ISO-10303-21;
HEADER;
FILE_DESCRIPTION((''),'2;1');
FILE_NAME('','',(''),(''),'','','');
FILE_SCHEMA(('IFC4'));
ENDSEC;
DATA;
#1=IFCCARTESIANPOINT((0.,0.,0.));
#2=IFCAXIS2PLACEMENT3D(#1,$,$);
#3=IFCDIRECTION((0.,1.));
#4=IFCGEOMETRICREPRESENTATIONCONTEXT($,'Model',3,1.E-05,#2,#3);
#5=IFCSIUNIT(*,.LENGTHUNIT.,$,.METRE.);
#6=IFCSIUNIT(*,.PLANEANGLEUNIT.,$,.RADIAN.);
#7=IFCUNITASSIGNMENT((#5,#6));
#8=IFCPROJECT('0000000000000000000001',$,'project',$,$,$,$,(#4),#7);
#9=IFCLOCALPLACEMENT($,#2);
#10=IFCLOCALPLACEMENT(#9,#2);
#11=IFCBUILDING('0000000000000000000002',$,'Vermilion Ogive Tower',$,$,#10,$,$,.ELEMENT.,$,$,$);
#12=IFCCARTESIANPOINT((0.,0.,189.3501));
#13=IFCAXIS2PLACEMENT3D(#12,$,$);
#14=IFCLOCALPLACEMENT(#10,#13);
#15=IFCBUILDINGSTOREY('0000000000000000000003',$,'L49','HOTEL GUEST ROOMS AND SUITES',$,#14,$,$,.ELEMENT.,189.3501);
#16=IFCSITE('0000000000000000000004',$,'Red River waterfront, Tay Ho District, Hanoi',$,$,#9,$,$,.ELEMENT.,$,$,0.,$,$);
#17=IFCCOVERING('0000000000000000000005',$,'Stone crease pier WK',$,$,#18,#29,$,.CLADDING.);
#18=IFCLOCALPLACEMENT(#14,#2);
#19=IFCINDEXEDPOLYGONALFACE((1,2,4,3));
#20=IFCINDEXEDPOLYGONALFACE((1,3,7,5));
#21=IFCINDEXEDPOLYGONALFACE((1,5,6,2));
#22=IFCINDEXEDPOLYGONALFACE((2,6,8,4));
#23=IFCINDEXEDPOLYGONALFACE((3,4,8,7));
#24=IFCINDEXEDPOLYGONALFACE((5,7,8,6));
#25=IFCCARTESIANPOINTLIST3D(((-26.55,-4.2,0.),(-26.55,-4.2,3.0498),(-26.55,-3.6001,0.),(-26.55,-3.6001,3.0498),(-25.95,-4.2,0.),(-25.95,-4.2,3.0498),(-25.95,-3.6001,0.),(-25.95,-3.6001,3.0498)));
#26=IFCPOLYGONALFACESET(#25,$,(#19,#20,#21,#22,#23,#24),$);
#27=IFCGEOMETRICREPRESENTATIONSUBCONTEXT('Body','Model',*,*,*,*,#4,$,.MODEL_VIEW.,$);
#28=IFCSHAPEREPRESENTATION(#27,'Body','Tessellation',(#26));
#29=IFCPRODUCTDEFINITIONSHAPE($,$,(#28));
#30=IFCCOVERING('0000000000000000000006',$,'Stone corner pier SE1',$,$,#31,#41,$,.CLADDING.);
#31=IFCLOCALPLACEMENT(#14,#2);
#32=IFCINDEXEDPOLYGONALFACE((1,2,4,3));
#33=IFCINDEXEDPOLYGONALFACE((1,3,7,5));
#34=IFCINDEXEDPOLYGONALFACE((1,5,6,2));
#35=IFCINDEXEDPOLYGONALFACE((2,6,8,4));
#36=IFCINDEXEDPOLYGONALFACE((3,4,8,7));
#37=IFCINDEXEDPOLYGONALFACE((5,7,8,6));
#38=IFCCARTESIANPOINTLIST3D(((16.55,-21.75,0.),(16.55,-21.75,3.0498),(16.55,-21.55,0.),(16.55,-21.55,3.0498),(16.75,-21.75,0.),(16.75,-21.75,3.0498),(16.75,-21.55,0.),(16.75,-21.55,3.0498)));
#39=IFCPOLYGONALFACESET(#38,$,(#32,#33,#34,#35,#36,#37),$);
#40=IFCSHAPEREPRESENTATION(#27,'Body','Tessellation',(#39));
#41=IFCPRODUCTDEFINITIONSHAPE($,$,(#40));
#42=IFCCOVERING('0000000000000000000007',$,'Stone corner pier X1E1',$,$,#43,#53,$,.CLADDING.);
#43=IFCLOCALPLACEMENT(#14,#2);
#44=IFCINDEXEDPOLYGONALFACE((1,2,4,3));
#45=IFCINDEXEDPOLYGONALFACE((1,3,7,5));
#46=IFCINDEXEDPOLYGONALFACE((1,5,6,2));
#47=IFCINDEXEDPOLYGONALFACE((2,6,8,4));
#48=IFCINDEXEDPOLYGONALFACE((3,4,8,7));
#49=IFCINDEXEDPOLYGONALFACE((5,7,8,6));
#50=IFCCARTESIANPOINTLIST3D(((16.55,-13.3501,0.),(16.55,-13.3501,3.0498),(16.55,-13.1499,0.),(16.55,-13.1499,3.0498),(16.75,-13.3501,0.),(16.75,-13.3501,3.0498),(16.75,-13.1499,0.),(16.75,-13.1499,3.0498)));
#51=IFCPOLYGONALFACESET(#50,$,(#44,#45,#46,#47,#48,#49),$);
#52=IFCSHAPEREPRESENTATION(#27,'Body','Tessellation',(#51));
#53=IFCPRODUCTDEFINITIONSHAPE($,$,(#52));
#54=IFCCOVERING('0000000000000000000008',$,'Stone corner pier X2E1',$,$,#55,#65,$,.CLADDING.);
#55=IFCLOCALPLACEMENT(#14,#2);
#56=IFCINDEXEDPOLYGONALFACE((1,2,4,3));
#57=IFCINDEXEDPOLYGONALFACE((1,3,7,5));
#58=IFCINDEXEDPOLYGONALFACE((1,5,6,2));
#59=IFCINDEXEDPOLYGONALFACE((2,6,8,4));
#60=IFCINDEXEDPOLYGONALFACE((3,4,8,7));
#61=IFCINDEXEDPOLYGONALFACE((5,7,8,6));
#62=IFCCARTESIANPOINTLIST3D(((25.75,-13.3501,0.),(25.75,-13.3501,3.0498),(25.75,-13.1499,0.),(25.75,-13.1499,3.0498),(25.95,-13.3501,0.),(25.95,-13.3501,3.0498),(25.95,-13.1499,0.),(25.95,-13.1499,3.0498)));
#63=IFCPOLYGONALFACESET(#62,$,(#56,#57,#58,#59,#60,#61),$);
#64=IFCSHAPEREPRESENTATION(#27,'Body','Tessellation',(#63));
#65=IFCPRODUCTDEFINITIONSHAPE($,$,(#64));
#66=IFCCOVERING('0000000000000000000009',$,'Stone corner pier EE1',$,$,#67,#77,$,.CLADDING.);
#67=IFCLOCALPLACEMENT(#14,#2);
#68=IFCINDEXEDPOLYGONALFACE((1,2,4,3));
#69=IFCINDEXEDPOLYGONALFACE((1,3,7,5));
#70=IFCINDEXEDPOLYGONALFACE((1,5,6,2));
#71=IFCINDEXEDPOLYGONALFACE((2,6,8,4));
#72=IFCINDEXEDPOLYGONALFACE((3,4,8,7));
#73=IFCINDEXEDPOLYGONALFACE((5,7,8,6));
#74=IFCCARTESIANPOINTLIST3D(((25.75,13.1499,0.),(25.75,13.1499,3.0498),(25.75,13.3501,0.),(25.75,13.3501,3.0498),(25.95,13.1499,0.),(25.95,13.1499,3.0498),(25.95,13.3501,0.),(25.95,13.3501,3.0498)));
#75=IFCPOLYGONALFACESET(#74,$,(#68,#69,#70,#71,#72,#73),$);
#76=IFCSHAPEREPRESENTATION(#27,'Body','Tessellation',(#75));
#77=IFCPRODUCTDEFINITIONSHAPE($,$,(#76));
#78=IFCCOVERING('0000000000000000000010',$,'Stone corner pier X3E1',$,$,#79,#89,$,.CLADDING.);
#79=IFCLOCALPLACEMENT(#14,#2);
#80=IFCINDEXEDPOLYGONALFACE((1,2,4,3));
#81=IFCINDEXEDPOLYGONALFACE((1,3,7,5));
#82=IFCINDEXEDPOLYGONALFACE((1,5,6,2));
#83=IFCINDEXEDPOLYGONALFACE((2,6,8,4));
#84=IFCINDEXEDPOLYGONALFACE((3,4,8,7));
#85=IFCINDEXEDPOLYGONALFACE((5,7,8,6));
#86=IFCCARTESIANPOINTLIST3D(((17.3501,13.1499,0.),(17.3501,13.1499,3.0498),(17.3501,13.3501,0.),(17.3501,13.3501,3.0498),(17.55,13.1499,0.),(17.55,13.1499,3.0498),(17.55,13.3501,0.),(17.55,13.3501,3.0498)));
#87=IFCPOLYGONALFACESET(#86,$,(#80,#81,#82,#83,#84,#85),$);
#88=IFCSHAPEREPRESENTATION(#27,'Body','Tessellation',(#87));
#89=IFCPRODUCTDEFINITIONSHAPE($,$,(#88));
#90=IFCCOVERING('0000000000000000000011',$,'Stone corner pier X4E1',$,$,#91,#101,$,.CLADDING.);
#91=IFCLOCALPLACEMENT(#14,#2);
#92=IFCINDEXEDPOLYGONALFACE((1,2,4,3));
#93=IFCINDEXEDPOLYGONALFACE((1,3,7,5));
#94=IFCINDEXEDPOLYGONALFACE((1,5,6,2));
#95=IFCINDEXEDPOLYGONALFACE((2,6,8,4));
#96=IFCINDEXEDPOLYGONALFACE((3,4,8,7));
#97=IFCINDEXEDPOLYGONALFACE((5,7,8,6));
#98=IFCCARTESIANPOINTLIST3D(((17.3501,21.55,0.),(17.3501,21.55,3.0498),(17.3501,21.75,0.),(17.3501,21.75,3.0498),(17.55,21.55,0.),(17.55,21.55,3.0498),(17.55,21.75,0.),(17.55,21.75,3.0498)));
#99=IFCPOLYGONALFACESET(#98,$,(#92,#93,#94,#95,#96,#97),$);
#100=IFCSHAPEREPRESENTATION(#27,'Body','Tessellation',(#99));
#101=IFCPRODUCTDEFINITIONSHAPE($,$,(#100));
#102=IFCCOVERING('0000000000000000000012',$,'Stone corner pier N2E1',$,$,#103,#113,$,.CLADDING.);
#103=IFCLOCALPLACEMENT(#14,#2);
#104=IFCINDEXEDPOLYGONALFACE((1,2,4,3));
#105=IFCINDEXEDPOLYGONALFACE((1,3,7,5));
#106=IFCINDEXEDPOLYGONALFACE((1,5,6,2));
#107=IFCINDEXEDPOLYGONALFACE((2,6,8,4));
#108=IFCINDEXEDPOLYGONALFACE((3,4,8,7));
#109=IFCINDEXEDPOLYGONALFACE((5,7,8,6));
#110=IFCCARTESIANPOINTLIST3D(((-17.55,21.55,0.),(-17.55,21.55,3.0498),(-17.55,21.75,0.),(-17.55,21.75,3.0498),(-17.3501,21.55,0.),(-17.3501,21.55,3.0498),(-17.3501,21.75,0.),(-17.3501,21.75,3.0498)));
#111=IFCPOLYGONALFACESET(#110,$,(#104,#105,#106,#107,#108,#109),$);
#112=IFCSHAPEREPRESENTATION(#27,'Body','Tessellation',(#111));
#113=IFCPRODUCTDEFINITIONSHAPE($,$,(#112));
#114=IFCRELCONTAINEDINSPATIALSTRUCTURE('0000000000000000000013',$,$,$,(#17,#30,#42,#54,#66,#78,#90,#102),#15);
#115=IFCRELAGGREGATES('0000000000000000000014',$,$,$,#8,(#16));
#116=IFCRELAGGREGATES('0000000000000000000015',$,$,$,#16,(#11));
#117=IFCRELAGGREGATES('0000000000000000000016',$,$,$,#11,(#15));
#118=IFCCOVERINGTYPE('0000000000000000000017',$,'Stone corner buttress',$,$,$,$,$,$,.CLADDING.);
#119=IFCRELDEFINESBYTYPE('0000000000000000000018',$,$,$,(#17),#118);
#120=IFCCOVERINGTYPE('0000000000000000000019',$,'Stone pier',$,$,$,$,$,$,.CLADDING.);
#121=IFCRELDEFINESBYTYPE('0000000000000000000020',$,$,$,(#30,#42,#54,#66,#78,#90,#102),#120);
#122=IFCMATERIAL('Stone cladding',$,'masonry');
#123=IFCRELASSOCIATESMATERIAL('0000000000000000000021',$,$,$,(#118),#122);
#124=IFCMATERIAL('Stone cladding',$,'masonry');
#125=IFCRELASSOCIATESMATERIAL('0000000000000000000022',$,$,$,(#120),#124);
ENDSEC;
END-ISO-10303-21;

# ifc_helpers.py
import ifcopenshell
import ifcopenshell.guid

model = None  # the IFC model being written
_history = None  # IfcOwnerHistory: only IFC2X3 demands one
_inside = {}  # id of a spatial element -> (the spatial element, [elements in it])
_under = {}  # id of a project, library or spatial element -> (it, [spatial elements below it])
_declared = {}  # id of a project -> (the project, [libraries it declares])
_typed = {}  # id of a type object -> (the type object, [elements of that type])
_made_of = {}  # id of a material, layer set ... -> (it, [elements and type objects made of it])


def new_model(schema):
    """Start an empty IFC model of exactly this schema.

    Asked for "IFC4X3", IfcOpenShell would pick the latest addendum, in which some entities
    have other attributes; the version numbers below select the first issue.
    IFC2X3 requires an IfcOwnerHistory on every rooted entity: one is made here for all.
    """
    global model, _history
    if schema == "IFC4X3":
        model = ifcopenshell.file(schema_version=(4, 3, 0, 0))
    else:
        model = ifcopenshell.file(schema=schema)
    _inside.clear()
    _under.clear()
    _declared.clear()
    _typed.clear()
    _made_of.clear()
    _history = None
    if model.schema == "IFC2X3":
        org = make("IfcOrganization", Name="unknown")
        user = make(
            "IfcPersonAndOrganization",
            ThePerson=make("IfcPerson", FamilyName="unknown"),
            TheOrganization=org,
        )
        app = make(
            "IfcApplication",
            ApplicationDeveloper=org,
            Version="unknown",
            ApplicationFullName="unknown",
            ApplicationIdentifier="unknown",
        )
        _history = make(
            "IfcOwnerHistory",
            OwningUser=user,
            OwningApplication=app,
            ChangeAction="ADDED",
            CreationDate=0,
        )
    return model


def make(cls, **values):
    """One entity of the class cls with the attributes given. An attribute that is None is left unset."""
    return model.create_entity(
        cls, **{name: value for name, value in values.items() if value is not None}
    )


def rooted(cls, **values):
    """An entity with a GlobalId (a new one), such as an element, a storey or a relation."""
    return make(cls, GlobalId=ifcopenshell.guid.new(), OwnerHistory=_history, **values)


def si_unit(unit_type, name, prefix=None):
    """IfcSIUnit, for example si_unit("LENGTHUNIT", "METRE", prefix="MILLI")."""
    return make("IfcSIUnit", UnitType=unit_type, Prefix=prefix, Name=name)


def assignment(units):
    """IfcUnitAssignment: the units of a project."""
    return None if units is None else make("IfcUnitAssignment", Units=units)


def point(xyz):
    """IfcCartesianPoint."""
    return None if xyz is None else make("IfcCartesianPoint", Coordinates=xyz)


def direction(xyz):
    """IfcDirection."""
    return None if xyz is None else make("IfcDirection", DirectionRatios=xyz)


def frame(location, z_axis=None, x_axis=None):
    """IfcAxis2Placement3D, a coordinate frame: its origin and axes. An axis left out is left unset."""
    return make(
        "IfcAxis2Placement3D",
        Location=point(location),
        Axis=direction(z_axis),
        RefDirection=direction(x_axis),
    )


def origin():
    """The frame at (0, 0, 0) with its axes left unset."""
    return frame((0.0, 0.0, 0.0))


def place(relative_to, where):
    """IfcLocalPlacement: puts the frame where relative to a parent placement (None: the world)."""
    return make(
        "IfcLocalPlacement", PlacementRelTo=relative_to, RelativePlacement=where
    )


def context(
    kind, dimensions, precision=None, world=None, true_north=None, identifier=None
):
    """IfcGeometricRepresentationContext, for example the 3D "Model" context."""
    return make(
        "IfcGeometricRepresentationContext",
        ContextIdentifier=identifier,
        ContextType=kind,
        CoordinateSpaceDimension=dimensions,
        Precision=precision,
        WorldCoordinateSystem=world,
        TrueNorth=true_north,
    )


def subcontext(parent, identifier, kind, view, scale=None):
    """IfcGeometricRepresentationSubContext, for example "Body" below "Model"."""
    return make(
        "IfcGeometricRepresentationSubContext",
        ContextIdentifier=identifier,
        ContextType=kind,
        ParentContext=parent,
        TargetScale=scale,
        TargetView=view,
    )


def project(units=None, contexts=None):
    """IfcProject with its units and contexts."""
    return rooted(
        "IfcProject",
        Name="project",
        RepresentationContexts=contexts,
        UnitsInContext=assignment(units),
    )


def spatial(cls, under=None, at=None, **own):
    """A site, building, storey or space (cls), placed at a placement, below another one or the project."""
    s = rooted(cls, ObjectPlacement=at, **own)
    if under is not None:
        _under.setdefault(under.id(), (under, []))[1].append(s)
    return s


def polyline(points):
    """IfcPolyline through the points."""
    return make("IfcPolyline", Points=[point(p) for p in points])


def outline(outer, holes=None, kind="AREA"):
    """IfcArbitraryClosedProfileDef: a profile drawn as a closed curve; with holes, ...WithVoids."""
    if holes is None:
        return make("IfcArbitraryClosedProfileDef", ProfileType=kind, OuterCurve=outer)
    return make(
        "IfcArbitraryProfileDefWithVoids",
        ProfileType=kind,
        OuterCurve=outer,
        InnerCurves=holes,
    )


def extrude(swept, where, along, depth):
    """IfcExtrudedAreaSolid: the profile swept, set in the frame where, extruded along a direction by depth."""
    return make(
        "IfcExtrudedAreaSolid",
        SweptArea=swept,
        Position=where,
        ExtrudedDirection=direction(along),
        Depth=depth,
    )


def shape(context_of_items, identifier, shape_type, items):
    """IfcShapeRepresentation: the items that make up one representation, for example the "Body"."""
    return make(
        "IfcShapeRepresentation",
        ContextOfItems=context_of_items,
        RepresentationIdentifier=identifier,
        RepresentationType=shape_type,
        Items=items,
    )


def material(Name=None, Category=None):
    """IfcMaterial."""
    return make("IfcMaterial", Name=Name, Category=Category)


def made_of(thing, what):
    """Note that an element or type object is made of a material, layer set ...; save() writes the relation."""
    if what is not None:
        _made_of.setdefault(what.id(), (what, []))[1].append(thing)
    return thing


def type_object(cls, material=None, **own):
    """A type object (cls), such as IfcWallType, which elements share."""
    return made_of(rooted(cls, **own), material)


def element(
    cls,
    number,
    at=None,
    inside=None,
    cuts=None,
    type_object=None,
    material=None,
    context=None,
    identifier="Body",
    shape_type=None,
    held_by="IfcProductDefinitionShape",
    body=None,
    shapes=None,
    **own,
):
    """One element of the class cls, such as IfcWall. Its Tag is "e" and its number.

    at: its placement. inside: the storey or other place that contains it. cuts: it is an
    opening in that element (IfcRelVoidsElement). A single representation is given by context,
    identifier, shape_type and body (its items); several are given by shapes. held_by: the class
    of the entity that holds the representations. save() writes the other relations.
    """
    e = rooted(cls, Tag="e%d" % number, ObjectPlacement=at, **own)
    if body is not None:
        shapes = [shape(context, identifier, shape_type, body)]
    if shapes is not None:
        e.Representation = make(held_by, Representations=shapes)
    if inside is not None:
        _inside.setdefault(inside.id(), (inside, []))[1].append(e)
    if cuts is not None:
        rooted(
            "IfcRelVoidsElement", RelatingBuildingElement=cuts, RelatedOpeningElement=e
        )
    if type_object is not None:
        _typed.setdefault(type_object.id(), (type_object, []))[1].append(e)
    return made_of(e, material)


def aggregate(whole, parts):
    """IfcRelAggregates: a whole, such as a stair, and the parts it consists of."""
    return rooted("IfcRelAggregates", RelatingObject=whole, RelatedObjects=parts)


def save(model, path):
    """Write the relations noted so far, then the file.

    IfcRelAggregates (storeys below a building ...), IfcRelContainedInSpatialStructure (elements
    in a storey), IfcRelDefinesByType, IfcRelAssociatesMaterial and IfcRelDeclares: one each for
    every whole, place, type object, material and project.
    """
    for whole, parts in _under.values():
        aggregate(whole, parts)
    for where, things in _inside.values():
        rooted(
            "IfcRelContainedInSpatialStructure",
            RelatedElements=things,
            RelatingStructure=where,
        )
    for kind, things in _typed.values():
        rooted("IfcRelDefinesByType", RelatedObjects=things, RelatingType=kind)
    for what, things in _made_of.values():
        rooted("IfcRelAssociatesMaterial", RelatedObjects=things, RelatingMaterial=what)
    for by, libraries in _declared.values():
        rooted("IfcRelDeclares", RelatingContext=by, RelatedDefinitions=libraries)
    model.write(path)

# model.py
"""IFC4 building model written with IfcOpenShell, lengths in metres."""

from ifc_helpers import new_model, si_unit, direction, frame, origin, place, context, subcontext, project, spatial, polyline, outline, extrude, material, type_object, element, save


model = new_model("IFC4")

# Units and contexts
model_context = context("Model", 3, precision=1e-05, world=origin(), true_north=direction((0.0, 1.0)))
body_context = subcontext(model_context, "Body", "Model", "MODEL_VIEW")
ifc_project = project(units=[si_unit("LENGTHUNIT", "METRE"), si_unit("PLANEANGLEUNIT", "RADIAN")], contexts=[model_context])

# Site, building, storey
site_placement = place(None, origin())
site = spatial("IfcSite", under=ifc_project, at=site_placement, Name="Red River waterfront, Tay Ho District, Hanoi", CompositionType="ELEMENT", RefElevation=0.0)
building_placement = place(site_placement, origin())
building = spatial("IfcBuilding", under=site, at=building_placement, Name="Vermilion Ogive Tower", CompositionType="ELEMENT")
storey_placement = place(building_placement, frame((0.0, 0.0, 189.3501)))
storey = spatial("IfcBuildingStorey", under=building, at=storey_placement, Name="L49", Description="HOTEL GUEST ROOMS AND SUITES", CompositionType="ELEMENT", Elevation=189.3501)

# Coverings
ifc_material_1 = material(Name="Stone cladding", Category="masonry")
covering_type_1 = type_object("IfcCoveringType", Name="Stone corner buttress", PredefinedType="CLADDING", material=ifc_material_1)
covering_1_placement = place(storey_placement, origin())
element("IfcCovering", 1, at=covering_1_placement, inside=storey, type_object=covering_type_1, Name="Stone crease pier WK", PredefinedType="CLADDING", context=body_context, shape_type="SweptSolid", body=[
    extrude(outline(polyline([(-26.55, -3.6001), (-26.55, -4.2), (-25.95, -4.2), (-25.95, -3.6001), (-26.55, -3.6001)])), origin(), (0.0, 0.0, 1.0), 3.0498),
])
ifc_material_2 = material(Name="Stone cladding", Category="masonry")
covering_type_2 = type_object("IfcCoveringType", Name="Stone pier", PredefinedType="CLADDING", material=ifc_material_2)
covering_2_placement = place(storey_placement, origin())
element("IfcCovering", 2, at=covering_2_placement, inside=storey, type_object=covering_type_2, Name="Stone corner pier SE1", PredefinedType="CLADDING", context=body_context, shape_type="SweptSolid", body=[
    extrude(outline(polyline([(16.55, -21.55), (16.75, -21.55), (16.75, -21.75), (16.55, -21.75), (16.55, -21.55)])), origin(), (0.0, 0.0, 1.0), 3.0498),
])
covering_3_placement = place(storey_placement, origin())
element("IfcCovering", 3, at=covering_3_placement, inside=storey, type_object=covering_type_2, Name="Stone corner pier X1E1", PredefinedType="CLADDING", context=body_context, shape_type="SweptSolid", body=[
    extrude(outline(polyline([(16.55, -13.1499), (16.75, -13.1499), (16.75, -13.3501), (16.55, -13.3501), (16.55, -13.1499)])), origin(), (0.0, 0.0, 1.0), 3.0498),
])
covering_4_placement = place(storey_placement, origin())
element("IfcCovering", 4, at=covering_4_placement, inside=storey, type_object=covering_type_2, Name="Stone corner pier X2E1", PredefinedType="CLADDING", context=body_context, shape_type="SweptSolid", body=[
    extrude(outline(polyline([(25.75, -13.1499), (25.95, -13.1499), (25.95, -13.3501), (25.75, -13.3501), (25.75, -13.1499)])), origin(), (0.0, 0.0, 1.0), 3.0498),
])
covering_5_placement = place(storey_placement, origin())
element("IfcCovering", 5, at=covering_5_placement, inside=storey, type_object=covering_type_2, Name="Stone corner pier EE1", PredefinedType="CLADDING", context=body_context, shape_type="SweptSolid", body=[
    extrude(outline(polyline([(25.75, 13.1499), (25.75, 13.3501), (25.95, 13.3501), (25.95, 13.1499), (25.75, 13.1499)])), origin(), (0.0, 0.0, 1.0), 3.0498),
])
covering_6_placement = place(storey_placement, origin())
element("IfcCovering", 6, at=covering_6_placement, inside=storey, type_object=covering_type_2, Name="Stone corner pier X3E1", PredefinedType="CLADDING", context=body_context, shape_type="SweptSolid", body=[
    extrude(outline(polyline([(17.3501, 13.1499), (17.3501, 13.3501), (17.55, 13.3501), (17.55, 13.1499), (17.3501, 13.1499)])), origin(), (0.0, 0.0, 1.0), 3.0498),
])
covering_7_placement = place(storey_placement, origin())
element("IfcCovering", 7, at=covering_7_placement, inside=storey, type_object=covering_type_2, Name="Stone corner pier X4E1", PredefinedType="CLADDING", context=body_context, shape_type="SweptSolid", body=[
    extrude(outline(polyline([(17.3501, 21.55), (17.3501, 21.75), (17.55, 21.75), (17.55, 21.55), (17.3501, 21.55)])), origin(), (0.0, 0.0, 1.0), 3.0498),
])
covering_8_placement = place(storey_placement, origin())
element("IfcCovering", 8, at=covering_8_placement, inside=storey, type_object=covering_type_2, Name="Stone corner pier N2E1", PredefinedType="CLADDING", context=body_context, shape_type="SweptSolid", body=[
    extrude(outline(polyline([(-17.3501, 21.55), (-17.55, 21.55), (-17.55, 21.75), (-17.3501, 21.75), (-17.3501, 21.55)])), origin(), (0.0, 0.0, 1.0), 3.0498),
])

save(model, "model.ifc")
